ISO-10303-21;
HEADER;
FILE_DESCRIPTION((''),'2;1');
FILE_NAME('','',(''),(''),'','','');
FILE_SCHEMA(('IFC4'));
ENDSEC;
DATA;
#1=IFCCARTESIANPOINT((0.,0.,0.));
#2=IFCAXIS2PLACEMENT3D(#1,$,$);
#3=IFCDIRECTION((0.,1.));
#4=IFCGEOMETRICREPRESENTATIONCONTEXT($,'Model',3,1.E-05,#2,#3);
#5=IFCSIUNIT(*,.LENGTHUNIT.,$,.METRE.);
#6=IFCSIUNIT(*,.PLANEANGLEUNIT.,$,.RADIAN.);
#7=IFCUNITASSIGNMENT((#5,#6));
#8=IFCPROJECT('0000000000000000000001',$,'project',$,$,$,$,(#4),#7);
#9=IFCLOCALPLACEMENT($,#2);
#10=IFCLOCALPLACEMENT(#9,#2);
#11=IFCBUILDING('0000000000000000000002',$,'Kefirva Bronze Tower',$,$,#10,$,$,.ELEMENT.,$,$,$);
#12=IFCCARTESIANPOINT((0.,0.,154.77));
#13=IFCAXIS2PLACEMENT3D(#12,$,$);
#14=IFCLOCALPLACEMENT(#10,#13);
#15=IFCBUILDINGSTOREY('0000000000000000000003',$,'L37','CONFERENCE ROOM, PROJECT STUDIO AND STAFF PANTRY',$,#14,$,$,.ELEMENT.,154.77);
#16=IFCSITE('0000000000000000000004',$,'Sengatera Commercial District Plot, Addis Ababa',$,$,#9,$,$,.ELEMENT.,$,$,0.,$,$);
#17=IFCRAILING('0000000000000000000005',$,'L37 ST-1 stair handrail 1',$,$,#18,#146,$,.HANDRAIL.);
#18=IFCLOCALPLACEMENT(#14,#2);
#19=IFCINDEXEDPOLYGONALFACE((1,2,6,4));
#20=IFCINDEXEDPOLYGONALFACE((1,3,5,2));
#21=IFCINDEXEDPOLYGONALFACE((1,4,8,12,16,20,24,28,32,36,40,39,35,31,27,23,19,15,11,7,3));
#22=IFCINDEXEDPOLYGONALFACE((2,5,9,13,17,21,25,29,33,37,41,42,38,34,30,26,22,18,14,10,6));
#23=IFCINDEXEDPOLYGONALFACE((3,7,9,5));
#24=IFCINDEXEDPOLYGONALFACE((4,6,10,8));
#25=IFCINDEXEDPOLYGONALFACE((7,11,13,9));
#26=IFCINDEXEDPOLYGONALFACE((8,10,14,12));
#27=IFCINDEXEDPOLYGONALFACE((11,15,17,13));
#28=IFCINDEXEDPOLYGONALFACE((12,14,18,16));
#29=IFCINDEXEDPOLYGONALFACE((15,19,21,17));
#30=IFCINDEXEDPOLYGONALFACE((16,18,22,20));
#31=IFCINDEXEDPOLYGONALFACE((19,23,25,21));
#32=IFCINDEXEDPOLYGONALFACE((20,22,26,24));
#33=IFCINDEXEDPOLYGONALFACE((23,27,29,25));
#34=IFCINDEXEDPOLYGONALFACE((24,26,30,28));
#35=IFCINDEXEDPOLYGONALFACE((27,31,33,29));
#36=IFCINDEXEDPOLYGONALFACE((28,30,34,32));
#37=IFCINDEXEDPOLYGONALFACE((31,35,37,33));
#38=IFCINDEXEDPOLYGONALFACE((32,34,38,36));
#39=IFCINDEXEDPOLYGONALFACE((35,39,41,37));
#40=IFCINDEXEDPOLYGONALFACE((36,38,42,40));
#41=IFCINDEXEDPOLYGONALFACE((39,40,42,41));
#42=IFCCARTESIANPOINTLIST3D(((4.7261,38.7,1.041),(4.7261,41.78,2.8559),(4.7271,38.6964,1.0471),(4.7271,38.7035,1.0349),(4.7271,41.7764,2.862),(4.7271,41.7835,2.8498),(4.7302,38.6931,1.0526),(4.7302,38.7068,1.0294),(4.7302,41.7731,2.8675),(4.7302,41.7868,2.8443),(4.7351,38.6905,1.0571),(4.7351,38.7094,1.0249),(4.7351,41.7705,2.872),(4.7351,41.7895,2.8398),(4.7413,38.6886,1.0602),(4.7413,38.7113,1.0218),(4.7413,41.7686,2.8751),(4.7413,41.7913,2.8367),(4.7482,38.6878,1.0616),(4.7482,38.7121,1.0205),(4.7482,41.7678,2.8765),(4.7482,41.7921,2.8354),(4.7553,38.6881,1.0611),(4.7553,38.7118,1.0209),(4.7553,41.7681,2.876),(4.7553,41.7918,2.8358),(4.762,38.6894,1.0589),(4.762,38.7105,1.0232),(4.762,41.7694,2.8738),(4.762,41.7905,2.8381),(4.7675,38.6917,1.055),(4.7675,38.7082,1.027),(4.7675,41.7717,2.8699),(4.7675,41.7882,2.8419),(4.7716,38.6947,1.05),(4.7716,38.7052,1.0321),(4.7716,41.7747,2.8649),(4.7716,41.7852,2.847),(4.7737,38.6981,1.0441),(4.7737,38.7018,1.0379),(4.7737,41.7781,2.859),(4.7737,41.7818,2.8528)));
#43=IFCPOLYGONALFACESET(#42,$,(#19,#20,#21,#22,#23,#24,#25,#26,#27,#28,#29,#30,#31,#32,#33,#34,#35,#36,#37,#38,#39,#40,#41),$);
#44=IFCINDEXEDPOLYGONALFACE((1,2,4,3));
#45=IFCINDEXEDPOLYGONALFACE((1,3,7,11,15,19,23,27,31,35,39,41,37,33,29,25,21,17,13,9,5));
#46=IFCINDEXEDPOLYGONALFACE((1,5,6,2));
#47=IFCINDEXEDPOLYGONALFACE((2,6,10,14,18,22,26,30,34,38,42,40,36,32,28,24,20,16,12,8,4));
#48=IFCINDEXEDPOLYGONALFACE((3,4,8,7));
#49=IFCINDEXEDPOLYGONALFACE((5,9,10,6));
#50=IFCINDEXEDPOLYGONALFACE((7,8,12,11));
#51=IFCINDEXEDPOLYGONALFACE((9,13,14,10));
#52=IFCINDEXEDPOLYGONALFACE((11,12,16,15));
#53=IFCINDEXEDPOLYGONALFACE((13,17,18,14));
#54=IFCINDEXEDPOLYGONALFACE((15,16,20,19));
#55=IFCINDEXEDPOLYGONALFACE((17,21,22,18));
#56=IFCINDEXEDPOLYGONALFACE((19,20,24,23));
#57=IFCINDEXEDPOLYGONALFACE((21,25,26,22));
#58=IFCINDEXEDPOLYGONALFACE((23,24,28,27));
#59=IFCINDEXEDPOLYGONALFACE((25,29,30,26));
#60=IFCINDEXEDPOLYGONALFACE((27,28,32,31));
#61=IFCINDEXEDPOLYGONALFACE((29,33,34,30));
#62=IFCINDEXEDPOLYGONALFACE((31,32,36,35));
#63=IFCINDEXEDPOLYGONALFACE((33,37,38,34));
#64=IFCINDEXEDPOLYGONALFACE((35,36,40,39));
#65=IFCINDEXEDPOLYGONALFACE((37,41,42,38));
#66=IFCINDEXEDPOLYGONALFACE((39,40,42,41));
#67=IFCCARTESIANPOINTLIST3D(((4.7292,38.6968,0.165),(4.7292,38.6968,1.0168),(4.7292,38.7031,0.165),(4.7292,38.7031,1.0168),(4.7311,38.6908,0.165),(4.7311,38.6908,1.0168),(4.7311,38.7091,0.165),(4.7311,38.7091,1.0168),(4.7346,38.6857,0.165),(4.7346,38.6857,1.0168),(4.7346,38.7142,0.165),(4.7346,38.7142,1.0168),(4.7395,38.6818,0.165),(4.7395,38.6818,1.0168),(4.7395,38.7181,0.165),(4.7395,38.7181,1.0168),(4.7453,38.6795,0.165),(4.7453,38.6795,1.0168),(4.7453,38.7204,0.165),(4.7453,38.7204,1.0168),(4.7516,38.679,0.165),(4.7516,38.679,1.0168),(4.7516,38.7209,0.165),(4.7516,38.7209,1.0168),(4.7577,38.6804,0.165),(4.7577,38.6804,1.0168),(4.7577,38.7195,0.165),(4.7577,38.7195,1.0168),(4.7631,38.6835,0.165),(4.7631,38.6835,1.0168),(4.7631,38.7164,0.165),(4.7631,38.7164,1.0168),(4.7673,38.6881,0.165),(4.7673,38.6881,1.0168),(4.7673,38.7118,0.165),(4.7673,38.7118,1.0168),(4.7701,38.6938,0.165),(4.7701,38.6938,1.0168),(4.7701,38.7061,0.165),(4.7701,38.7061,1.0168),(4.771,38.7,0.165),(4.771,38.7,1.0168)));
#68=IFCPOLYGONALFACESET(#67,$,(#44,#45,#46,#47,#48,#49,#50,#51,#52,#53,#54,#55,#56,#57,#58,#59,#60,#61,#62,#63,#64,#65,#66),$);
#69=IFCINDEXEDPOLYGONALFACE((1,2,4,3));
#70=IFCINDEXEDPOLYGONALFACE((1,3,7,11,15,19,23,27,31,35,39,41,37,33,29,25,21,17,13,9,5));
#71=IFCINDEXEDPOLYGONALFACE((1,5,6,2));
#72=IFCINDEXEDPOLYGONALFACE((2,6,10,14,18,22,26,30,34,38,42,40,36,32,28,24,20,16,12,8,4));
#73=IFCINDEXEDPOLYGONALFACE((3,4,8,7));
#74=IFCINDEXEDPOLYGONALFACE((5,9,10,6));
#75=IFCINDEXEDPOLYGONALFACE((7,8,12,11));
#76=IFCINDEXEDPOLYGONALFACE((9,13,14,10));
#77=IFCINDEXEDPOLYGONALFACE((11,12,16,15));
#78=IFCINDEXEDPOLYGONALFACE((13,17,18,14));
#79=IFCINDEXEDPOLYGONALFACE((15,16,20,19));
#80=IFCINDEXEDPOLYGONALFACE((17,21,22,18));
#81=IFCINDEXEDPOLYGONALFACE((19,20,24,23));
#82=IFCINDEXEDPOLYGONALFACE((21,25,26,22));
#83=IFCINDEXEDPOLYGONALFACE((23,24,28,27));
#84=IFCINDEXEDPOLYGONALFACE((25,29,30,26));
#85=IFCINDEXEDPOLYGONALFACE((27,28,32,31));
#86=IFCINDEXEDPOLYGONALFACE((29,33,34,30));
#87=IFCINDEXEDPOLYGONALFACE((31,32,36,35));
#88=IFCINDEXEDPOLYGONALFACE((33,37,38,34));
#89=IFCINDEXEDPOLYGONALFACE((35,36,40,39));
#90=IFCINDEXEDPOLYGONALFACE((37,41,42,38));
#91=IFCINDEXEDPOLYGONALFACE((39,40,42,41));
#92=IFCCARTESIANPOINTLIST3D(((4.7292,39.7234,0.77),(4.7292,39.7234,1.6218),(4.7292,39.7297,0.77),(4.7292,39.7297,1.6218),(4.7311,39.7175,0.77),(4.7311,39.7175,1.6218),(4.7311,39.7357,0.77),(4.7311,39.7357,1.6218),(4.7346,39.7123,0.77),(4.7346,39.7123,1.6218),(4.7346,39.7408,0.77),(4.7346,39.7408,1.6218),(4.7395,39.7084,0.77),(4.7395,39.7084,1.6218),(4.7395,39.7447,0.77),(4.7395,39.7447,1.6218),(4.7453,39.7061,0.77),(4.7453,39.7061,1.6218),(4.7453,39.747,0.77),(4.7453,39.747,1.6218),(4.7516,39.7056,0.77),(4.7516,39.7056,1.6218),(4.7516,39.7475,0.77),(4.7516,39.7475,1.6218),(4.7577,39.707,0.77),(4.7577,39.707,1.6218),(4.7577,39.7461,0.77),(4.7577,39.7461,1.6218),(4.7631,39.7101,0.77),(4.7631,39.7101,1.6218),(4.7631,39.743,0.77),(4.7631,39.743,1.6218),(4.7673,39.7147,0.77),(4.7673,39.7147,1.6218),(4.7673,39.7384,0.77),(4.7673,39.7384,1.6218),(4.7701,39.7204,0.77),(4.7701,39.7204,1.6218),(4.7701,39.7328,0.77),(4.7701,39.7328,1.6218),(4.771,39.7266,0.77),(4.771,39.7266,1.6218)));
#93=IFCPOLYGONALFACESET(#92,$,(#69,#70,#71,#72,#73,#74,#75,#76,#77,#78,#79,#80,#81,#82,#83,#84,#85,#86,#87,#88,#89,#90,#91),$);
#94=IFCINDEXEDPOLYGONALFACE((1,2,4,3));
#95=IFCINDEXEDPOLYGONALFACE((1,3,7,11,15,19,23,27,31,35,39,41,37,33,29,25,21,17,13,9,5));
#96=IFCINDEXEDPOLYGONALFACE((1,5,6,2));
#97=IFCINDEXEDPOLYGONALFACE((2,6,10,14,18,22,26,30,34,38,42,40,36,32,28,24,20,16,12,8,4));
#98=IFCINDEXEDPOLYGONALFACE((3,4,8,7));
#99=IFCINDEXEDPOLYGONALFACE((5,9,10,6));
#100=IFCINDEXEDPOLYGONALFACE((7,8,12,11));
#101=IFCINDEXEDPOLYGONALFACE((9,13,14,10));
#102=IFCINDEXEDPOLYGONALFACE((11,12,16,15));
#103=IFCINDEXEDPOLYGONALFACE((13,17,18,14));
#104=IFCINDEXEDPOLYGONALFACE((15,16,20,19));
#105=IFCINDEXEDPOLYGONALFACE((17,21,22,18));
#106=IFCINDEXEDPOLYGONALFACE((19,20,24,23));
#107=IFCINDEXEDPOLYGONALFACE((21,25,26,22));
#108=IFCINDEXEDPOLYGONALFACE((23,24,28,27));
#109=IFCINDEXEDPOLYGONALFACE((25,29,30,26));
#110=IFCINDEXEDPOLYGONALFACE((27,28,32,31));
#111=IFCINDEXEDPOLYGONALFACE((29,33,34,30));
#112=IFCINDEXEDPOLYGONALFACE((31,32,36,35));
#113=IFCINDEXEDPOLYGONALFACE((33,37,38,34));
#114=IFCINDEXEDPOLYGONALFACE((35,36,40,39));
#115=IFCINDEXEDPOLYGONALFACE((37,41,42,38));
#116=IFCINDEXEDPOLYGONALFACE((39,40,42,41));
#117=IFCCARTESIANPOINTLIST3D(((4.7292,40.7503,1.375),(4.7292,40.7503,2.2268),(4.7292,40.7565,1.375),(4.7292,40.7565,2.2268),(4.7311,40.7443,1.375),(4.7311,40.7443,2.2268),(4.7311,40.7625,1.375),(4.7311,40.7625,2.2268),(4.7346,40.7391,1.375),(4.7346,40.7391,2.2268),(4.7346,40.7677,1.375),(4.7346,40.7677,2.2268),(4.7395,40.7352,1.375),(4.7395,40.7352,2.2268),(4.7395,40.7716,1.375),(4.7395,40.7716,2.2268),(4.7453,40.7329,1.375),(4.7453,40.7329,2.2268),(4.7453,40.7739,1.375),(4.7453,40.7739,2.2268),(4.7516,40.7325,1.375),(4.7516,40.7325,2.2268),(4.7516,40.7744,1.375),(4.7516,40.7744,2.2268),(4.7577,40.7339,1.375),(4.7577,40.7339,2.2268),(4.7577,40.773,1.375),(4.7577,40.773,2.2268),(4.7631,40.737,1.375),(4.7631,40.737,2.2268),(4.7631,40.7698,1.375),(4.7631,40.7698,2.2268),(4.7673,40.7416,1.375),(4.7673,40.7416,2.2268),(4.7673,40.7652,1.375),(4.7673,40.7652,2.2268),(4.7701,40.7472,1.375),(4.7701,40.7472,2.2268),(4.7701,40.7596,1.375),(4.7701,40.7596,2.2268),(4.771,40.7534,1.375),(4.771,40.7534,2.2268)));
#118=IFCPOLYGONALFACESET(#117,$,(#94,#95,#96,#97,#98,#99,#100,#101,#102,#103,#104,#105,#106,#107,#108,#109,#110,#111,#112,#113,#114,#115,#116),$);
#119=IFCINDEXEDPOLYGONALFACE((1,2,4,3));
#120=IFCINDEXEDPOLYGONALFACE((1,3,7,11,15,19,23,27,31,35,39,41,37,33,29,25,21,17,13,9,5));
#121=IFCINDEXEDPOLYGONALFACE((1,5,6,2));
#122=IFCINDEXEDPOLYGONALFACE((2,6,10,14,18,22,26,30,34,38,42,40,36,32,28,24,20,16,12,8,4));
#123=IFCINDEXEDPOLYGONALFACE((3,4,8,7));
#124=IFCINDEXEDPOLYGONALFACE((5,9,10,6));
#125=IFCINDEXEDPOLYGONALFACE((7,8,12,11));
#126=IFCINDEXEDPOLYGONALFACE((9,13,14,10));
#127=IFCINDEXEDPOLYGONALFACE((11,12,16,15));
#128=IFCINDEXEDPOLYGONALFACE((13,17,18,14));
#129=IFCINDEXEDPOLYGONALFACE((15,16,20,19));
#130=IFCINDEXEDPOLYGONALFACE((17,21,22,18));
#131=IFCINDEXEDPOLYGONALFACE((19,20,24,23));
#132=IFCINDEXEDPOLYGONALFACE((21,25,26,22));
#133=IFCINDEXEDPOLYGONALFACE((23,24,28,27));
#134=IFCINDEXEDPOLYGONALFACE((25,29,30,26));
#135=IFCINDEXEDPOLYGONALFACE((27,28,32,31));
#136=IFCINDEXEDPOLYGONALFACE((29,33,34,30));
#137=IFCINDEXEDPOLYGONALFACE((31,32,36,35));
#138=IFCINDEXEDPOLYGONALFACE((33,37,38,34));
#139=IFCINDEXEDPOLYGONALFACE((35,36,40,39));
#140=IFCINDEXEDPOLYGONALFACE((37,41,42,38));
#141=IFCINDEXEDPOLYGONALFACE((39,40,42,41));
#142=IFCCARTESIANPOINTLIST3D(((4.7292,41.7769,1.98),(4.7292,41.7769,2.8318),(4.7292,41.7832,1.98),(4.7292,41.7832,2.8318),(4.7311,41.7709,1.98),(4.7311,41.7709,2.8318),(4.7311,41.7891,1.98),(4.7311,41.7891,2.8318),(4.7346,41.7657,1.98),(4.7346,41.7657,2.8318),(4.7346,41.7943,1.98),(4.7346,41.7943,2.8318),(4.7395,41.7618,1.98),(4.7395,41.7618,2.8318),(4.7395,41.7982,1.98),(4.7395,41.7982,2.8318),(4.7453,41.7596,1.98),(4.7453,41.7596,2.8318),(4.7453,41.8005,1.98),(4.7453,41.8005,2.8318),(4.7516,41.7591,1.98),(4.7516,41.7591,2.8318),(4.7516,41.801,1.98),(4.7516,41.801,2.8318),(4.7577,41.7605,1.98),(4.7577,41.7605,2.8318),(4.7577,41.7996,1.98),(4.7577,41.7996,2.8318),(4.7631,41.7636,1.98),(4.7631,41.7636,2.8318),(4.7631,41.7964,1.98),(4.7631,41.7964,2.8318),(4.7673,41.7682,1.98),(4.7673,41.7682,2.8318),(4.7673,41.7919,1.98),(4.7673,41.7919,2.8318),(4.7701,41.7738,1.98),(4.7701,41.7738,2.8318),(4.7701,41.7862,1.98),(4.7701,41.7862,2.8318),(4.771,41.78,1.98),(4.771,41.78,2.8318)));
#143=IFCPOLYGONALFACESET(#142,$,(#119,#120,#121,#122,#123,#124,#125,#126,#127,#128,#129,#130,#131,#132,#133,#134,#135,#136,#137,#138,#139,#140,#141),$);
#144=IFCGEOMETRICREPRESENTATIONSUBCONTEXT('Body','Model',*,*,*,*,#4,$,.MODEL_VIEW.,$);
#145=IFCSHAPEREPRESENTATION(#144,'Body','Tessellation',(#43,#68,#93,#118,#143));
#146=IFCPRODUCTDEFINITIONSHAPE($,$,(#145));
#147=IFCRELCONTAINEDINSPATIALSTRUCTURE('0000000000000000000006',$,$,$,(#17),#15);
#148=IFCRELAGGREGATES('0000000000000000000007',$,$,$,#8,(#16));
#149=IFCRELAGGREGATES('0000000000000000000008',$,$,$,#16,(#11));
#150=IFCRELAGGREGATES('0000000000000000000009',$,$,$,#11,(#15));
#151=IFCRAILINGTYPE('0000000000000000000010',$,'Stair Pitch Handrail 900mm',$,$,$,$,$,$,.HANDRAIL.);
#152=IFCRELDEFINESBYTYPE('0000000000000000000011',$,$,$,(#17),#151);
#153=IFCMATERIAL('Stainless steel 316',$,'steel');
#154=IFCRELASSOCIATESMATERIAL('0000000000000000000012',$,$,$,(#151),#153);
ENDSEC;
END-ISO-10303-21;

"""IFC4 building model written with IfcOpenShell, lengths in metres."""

from ifc_helpers import new_model, si_unit, direction, frame, origin, origin_2d, place, context, subcontext, project, spatial, circle, extrude, material, type_object, element, save


model = new_model("IFC4")

# Units and contexts
model_context = context("Model", 3, precision=1e-05, world=origin(), true_north=direction((0.0, 1.0)))
body_context = subcontext(model_context, "Body", "Model", "MODEL_VIEW")
ifc_project = project(units=[si_unit("LENGTHUNIT", "METRE"), si_unit("PLANEANGLEUNIT", "RADIAN")], contexts=[model_context])

# Site, building, storey
site_placement = place(None, origin())
site = spatial("IfcSite", under=ifc_project, at=site_placement, Name="Sengatera Commercial District Plot, Addis Ababa", CompositionType="ELEMENT", RefElevation=0.0)
building_placement = place(site_placement, origin())
building = spatial("IfcBuilding", under=site, at=building_placement, Name="Kefirva Bronze Tower", CompositionType="ELEMENT")
storey_placement = place(building_placement, frame((0.0, 0.0, 154.77)))
storey = spatial("IfcBuildingStorey", under=building, at=storey_placement, Name="L37", Description="CONFERENCE ROOM, PROJECT STUDIO AND STAFF PANTRY", CompositionType="ELEMENT", Elevation=154.77)

# Shared definitions
ifc_material_1 = material(Name="Stainless steel 316", Category="steel")

# Railing
railing_type = type_object("IfcRailingType", Name="Stair Pitch Handrail 900mm", PredefinedType="HANDRAIL", material=ifc_material_1)
railing_placement = place(storey_placement, frame((4.75, 38.7, 0.165)))
element("IfcRailing", 1, at=railing_placement, inside=storey, type_object=railing_type, Name="L37 ST-1 stair handrail 1", PredefinedType="HANDRAIL", context=body_context, shape_type="SweptSolid", body=[
    extrude(circle(Radius=0.0239, at=origin_2d()), frame((0.0, 0.0, 0.876), z_axis=(0.0, 0.861551, 0.507671), x_axis=(-1.0, 0.0, 0.0)), (0.0, 0.0, 1.0), 3.575),
    extrude(circle(Radius=0.021, at=origin_2d()), origin(), (0.0, 0.0, 1.0), 0.8518),
    extrude(circle(Radius=0.021, at=origin_2d()), frame((0.0, 1.0266, 0.605)), (0.0, 0.0, 1.0), 0.8518),
    extrude(circle(Radius=0.021, at=origin_2d()), frame((0.0, 2.0535, 1.21)), (0.0, 0.0, 1.0), 0.8518),
    extrude(circle(Radius=0.021, at=origin_2d()), frame((0.0, 3.0801, 1.8149)), (0.0, 0.0, 1.0), 0.8518),
])

save(model, "model.ifc")
